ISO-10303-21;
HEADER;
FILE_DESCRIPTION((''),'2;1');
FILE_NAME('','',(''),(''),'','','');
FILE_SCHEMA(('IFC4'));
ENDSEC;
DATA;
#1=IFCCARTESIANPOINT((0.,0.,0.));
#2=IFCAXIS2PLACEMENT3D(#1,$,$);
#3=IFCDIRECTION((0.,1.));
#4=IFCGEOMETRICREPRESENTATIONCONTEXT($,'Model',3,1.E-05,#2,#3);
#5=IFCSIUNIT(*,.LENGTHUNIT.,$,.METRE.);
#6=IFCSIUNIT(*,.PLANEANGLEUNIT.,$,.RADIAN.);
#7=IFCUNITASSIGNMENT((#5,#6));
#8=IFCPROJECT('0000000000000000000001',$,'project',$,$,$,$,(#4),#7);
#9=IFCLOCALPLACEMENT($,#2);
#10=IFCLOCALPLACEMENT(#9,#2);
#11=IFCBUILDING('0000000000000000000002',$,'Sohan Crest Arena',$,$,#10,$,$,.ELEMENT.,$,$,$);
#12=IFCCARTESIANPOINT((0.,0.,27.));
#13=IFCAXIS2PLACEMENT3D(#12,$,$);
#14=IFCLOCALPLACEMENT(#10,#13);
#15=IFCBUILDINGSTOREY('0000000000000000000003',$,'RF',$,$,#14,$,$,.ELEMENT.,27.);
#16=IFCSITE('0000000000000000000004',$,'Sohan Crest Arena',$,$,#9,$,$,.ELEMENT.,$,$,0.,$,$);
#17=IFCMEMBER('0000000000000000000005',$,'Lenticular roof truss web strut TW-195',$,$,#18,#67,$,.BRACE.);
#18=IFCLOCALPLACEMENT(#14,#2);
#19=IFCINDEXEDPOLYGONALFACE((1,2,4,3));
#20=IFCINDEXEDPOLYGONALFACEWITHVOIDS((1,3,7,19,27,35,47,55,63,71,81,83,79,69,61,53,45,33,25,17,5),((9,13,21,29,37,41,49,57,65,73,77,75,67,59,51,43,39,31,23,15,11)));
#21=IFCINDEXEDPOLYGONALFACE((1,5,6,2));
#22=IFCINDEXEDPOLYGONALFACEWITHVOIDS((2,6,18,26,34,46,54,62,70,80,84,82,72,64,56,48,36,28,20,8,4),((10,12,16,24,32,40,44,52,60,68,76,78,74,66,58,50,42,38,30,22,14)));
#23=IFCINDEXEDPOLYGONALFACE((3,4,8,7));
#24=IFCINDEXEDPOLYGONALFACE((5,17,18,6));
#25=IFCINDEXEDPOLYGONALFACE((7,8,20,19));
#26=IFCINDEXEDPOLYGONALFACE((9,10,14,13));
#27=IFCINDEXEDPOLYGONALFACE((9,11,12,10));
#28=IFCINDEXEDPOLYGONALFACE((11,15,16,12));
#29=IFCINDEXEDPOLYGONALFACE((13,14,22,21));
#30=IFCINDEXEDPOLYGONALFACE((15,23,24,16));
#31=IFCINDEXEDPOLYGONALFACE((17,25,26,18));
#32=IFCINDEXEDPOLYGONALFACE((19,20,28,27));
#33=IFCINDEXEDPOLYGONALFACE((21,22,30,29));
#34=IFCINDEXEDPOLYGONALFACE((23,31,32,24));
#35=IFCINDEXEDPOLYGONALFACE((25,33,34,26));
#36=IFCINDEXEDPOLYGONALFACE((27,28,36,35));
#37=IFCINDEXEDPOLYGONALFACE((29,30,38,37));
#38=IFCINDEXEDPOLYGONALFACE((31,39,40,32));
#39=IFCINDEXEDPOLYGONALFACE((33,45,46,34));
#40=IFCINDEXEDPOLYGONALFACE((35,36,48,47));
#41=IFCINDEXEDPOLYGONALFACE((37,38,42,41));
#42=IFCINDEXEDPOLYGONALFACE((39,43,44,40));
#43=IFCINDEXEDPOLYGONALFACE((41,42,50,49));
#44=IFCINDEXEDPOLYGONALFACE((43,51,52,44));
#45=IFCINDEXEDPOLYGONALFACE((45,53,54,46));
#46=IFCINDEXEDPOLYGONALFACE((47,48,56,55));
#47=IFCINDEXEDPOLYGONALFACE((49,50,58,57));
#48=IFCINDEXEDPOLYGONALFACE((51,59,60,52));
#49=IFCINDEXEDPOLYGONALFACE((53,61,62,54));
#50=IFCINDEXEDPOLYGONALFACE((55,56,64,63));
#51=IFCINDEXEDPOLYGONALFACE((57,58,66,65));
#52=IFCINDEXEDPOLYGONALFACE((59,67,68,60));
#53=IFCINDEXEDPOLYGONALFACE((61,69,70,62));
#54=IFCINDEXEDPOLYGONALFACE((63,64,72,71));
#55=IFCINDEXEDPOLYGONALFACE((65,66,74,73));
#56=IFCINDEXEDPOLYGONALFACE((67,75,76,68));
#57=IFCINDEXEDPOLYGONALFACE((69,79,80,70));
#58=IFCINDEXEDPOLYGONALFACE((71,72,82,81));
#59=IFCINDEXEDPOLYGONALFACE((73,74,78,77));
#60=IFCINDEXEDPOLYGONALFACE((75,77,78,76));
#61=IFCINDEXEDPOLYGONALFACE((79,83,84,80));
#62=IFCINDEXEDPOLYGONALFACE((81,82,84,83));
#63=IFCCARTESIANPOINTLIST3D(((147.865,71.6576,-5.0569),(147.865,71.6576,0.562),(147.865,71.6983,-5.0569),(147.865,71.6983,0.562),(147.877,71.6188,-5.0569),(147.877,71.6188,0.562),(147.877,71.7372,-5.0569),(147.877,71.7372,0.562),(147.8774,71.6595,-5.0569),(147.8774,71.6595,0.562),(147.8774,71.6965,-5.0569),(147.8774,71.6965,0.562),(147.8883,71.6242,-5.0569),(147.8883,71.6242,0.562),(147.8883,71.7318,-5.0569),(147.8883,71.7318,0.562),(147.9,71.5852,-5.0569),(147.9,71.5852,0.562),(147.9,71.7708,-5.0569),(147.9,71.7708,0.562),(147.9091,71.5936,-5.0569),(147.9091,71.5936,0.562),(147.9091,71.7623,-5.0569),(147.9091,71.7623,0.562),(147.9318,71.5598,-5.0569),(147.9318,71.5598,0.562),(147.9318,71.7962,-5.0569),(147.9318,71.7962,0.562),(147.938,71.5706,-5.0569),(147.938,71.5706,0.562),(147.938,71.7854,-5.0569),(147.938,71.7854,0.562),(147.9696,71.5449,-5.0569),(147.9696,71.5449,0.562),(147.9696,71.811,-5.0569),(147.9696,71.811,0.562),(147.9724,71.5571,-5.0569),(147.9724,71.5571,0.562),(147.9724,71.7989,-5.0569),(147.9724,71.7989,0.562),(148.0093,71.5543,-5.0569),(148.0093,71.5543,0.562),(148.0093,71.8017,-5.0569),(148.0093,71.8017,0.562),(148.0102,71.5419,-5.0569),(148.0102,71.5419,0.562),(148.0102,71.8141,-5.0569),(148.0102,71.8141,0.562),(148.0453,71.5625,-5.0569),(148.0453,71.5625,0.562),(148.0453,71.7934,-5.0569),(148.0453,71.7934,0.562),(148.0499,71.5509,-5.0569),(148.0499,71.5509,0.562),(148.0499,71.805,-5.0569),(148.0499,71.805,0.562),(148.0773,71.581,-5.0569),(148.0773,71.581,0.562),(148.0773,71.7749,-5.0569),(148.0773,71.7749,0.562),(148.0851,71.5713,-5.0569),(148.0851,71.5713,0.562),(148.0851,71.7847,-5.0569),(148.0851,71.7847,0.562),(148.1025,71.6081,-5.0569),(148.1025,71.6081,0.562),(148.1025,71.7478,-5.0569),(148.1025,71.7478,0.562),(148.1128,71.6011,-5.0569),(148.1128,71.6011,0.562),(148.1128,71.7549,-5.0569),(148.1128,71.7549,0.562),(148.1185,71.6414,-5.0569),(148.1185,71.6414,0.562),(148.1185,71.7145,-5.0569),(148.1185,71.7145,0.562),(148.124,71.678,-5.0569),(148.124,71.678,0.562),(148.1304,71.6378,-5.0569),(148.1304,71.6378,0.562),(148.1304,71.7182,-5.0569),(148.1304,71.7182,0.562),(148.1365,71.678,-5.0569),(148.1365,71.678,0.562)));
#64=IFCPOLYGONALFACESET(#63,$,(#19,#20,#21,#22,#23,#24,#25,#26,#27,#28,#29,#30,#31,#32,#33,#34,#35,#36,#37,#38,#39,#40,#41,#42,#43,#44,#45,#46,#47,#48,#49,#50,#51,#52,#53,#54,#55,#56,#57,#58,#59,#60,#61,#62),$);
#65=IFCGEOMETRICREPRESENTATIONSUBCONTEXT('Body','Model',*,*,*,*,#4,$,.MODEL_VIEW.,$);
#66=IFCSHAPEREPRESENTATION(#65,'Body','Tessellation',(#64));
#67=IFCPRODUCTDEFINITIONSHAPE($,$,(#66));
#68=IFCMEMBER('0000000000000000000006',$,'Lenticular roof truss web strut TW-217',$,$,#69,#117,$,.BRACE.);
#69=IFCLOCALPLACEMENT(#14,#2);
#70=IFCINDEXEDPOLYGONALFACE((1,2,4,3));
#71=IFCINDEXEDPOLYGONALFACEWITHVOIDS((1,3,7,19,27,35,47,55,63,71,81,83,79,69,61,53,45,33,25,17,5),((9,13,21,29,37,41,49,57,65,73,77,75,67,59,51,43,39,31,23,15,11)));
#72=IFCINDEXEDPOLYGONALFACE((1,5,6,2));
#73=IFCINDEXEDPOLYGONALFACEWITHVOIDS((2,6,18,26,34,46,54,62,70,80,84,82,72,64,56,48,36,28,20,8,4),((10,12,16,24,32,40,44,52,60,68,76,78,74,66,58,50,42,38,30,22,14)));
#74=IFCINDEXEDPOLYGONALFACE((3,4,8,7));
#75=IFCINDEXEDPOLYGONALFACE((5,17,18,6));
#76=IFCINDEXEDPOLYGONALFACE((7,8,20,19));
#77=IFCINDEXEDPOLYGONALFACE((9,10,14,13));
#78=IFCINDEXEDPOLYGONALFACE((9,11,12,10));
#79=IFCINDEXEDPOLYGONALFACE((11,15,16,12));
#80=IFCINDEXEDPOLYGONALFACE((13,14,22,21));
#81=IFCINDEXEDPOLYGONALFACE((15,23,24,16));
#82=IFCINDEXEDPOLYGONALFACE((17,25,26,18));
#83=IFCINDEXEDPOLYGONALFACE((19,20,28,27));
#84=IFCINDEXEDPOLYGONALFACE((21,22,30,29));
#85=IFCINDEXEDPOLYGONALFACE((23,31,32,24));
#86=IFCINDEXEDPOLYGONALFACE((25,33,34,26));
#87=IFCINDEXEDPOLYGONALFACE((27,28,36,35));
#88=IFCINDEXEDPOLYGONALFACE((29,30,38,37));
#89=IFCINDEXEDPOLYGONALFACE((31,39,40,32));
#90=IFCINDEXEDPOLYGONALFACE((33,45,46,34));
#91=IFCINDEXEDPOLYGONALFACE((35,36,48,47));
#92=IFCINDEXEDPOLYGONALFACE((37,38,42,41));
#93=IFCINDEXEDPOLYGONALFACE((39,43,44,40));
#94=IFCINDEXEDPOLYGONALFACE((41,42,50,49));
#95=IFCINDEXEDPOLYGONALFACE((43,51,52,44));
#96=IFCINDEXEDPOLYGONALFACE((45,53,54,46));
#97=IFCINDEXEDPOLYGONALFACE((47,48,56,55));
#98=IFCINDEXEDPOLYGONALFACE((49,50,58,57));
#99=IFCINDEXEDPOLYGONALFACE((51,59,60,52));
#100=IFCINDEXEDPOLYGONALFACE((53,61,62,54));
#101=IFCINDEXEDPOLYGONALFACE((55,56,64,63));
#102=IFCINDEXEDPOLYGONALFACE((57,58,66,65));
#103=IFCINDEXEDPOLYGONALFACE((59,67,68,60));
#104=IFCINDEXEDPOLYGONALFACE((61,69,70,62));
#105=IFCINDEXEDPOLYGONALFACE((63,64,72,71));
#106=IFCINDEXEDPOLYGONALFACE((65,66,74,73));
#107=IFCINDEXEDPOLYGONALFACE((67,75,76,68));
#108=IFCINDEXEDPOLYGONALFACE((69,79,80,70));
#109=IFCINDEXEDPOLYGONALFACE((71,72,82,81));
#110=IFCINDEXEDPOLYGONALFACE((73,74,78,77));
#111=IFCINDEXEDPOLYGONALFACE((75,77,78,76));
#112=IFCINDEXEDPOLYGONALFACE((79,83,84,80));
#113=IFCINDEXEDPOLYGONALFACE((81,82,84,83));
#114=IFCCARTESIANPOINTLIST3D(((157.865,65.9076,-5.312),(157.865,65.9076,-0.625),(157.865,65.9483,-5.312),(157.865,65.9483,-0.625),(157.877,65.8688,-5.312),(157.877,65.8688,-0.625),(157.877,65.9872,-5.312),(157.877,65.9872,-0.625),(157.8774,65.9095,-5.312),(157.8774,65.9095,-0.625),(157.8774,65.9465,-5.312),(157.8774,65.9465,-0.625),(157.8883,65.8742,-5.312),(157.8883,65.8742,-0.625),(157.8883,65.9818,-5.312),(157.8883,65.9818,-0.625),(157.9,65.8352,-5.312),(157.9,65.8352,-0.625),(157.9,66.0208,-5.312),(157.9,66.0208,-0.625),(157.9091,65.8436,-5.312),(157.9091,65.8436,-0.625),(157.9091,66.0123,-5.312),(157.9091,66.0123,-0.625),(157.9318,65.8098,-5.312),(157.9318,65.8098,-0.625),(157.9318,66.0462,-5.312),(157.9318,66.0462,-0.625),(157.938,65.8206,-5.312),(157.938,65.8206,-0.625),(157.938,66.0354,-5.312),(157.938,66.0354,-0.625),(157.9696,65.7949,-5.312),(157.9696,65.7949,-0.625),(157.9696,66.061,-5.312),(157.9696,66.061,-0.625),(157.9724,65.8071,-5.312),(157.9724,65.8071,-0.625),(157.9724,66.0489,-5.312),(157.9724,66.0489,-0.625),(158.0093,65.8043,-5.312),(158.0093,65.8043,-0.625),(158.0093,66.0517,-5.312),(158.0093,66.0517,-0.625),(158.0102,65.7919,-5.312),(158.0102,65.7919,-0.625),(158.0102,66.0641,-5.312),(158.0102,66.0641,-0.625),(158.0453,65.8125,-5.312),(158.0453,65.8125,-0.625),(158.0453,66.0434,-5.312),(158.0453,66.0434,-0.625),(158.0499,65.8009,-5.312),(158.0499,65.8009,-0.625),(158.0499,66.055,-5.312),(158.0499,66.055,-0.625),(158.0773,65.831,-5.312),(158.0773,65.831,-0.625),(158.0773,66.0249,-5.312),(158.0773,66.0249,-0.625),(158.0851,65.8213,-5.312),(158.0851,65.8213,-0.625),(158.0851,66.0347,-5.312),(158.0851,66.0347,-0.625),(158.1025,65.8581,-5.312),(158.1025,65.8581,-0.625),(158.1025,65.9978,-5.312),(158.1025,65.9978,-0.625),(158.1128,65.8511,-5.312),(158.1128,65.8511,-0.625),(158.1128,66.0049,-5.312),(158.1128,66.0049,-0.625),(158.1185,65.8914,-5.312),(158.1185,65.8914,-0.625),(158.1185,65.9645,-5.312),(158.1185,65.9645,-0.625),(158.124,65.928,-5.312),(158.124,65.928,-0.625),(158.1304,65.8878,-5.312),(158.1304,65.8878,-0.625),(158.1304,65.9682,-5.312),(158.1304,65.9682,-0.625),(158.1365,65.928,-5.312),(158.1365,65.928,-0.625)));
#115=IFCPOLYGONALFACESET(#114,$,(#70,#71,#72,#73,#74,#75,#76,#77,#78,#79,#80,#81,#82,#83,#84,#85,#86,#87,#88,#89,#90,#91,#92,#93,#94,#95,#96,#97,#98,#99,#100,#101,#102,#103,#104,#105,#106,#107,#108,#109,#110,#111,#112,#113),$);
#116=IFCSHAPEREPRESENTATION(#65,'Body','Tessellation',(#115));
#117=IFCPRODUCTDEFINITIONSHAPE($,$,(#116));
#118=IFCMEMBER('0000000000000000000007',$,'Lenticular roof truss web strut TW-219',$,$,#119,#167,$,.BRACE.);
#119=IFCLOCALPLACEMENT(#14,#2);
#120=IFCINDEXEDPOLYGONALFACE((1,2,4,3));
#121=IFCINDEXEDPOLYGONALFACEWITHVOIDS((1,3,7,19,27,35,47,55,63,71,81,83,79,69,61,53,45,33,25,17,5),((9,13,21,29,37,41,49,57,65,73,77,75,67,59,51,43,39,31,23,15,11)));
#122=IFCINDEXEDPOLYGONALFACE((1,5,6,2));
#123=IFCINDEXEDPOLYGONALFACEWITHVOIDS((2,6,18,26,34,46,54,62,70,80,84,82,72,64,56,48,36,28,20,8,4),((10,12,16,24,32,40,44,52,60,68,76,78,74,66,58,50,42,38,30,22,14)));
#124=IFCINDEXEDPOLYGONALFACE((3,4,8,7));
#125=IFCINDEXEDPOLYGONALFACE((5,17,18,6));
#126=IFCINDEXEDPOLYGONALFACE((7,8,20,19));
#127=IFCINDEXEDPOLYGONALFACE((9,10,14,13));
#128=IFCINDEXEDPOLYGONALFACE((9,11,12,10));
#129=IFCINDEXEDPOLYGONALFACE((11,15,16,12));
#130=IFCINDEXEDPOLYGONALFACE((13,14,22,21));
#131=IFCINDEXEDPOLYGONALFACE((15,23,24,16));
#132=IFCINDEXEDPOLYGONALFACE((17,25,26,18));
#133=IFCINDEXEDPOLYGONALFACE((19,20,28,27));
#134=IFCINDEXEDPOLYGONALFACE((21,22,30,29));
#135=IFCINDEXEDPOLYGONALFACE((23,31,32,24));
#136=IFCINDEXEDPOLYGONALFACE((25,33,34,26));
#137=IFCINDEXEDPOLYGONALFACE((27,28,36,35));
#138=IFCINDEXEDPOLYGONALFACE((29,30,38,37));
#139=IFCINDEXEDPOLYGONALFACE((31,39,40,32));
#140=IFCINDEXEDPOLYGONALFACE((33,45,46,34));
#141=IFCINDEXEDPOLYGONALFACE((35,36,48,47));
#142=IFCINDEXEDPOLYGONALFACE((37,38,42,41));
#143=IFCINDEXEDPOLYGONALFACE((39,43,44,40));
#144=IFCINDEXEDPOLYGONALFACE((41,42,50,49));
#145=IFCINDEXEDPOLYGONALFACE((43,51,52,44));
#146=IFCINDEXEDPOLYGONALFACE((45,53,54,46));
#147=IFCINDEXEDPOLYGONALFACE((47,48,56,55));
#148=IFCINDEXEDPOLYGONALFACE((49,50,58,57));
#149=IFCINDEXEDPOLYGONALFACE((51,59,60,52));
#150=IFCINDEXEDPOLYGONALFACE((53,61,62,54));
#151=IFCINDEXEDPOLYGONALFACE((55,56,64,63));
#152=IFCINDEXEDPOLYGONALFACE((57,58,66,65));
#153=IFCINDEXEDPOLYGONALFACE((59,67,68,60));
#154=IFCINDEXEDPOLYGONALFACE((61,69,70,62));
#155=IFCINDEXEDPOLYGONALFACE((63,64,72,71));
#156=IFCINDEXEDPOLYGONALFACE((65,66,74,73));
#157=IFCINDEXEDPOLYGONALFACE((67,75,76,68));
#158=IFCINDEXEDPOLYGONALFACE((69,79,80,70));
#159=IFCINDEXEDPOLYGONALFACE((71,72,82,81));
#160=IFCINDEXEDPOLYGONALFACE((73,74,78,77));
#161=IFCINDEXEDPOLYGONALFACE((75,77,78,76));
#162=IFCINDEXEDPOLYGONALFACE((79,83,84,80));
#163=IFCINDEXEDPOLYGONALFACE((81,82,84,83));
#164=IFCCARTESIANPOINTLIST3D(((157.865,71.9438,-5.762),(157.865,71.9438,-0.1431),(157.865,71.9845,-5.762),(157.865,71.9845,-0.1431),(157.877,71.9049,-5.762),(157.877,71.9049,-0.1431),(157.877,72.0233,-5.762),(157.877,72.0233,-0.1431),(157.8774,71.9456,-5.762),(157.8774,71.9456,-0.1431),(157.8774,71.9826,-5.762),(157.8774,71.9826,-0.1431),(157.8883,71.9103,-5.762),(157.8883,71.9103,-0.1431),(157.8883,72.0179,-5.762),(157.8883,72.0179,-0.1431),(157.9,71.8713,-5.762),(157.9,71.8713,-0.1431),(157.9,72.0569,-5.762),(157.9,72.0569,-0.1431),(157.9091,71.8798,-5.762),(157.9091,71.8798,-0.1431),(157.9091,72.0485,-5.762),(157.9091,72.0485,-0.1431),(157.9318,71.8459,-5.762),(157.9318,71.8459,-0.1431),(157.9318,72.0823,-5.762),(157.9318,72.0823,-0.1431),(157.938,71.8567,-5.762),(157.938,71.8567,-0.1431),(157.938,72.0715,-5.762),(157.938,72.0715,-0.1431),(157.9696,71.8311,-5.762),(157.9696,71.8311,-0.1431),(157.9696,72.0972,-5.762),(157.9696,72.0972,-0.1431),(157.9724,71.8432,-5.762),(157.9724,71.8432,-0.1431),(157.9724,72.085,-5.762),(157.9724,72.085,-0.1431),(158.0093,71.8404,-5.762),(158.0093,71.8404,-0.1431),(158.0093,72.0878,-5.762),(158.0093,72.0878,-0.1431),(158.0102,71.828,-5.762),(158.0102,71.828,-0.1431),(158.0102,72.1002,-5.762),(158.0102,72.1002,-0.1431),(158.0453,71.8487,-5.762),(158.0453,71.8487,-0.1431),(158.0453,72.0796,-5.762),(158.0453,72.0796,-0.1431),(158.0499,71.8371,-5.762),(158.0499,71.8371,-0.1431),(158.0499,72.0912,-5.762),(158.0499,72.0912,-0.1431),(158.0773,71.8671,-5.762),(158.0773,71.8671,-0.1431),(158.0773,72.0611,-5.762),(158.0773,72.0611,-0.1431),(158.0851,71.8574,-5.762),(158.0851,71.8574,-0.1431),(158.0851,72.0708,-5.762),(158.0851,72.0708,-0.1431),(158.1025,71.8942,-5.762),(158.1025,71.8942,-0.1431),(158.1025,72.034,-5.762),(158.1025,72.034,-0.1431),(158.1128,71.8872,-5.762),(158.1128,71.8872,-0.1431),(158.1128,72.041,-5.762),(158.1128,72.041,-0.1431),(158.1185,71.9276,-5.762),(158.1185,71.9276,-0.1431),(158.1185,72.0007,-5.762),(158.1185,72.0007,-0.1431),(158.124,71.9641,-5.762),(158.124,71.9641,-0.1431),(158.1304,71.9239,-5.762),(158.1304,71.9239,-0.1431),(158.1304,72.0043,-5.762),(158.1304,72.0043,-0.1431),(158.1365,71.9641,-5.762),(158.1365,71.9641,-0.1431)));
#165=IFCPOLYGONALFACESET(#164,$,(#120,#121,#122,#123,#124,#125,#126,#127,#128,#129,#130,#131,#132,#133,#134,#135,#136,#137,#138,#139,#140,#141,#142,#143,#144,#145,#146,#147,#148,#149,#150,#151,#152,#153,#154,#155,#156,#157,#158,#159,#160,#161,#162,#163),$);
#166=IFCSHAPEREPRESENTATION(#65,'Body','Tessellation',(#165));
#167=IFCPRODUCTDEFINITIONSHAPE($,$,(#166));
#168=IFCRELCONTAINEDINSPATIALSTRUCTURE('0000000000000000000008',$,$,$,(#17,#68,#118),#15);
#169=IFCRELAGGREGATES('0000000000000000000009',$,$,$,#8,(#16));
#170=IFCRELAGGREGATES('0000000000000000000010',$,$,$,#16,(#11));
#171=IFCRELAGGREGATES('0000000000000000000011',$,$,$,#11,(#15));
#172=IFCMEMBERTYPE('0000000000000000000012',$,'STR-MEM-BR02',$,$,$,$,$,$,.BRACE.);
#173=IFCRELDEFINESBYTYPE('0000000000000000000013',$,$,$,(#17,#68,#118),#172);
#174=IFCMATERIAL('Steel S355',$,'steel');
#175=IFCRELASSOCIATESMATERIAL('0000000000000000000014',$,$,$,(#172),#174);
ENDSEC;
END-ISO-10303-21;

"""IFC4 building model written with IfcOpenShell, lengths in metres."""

from ifc_helpers import new_model, si_unit, direction, frame, origin, origin_2d, place, context, subcontext, project, spatial, hollow_circle, extrude, material, material_profile, profile_set, type_object, element, save


model = new_model("IFC4")

# Units and contexts
model_context = context("Model", 3, precision=1e-05, world=origin(), true_north=direction((0.0, 1.0)))
body_context = subcontext(model_context, "Body", "Model", "MODEL_VIEW")
ifc_project = project(units=[si_unit("LENGTHUNIT", "METRE"), si_unit("PLANEANGLEUNIT", "RADIAN")], contexts=[model_context])

# Site, building, storey
site_placement = place(None, origin())
site = spatial("IfcSite", under=ifc_project, at=site_placement, Name="Sohan Crest Arena", CompositionType="ELEMENT", RefElevation=0.0)
building_placement = place(site_placement, origin())
building = spatial("IfcBuilding", under=site, at=building_placement, Name="Sohan Crest Arena", CompositionType="ELEMENT")
storey_placement = place(building_placement, frame((0.0, 0.0, 27.0)))
storey = spatial("IfcBuildingStorey", under=building, at=storey_placement, Name="RF", CompositionType="ELEMENT", Elevation=27.0)

# Shared definitions
ifc_material_1 = material(Name="Steel S355", Category="steel")

# Members
ifc_material_profile_1 = material_profile(ifc_material_1, hollow_circle(Radius=0.1365, WallThickness=0.0125, at=origin_2d()), Name="CHS 273x12.5")
ifc_profile_set_1 = profile_set([ifc_material_profile_1], Name="Steel S355")
member_type_1 = type_object("IfcMemberType", Name="STR-MEM-BR02", PredefinedType="BRACE", material=ifc_profile_set_1)
member_1_placement = place(storey_placement, frame((148.0, 71.678, -5.0569), z_axis=(0.0, 0.0, 1.0), x_axis=(1.0, 0.0, 0.0)))
element("IfcMember", 1, at=member_1_placement, inside=storey, type_object=member_type_1, Name="Lenticular roof truss web strut TW-195", PredefinedType="BRACE", context=body_context, shape_type="SweptSolid", body=[
    extrude(hollow_circle(Radius=0.1365, WallThickness=0.0125, at=origin_2d()), origin(), (0.0, 0.0, 1.0), 5.6189),
])
member_2_placement = place(storey_placement, frame((158.0, 65.928, -5.312), z_axis=(0.0, 0.0, 1.0), x_axis=(1.0, 0.0, 0.0)))
element("IfcMember", 2, at=member_2_placement, inside=storey, type_object=member_type_1, Name="Lenticular roof truss web strut TW-217", PredefinedType="BRACE", context=body_context, shape_type="SweptSolid", body=[
    extrude(hollow_circle(Radius=0.1365, WallThickness=0.0125, at=origin_2d()), origin(), (0.0, 0.0, 1.0), 4.687),
])
member_3_placement = place(storey_placement, frame((158.0, 71.9641, -5.762), z_axis=(0.0, 0.0, 1.0), x_axis=(1.0, 0.0, 0.0)))
element("IfcMember", 3, at=member_3_placement, inside=storey, type_object=member_type_1, Name="Lenticular roof truss web strut TW-219", PredefinedType="BRACE", context=body_context, shape_type="SweptSolid", body=[
    extrude(hollow_circle(Radius=0.1365, WallThickness=0.0125, at=origin_2d()), origin(), (0.0, 0.0, 1.0), 5.6189),
])

save(model, "model.ifc")
